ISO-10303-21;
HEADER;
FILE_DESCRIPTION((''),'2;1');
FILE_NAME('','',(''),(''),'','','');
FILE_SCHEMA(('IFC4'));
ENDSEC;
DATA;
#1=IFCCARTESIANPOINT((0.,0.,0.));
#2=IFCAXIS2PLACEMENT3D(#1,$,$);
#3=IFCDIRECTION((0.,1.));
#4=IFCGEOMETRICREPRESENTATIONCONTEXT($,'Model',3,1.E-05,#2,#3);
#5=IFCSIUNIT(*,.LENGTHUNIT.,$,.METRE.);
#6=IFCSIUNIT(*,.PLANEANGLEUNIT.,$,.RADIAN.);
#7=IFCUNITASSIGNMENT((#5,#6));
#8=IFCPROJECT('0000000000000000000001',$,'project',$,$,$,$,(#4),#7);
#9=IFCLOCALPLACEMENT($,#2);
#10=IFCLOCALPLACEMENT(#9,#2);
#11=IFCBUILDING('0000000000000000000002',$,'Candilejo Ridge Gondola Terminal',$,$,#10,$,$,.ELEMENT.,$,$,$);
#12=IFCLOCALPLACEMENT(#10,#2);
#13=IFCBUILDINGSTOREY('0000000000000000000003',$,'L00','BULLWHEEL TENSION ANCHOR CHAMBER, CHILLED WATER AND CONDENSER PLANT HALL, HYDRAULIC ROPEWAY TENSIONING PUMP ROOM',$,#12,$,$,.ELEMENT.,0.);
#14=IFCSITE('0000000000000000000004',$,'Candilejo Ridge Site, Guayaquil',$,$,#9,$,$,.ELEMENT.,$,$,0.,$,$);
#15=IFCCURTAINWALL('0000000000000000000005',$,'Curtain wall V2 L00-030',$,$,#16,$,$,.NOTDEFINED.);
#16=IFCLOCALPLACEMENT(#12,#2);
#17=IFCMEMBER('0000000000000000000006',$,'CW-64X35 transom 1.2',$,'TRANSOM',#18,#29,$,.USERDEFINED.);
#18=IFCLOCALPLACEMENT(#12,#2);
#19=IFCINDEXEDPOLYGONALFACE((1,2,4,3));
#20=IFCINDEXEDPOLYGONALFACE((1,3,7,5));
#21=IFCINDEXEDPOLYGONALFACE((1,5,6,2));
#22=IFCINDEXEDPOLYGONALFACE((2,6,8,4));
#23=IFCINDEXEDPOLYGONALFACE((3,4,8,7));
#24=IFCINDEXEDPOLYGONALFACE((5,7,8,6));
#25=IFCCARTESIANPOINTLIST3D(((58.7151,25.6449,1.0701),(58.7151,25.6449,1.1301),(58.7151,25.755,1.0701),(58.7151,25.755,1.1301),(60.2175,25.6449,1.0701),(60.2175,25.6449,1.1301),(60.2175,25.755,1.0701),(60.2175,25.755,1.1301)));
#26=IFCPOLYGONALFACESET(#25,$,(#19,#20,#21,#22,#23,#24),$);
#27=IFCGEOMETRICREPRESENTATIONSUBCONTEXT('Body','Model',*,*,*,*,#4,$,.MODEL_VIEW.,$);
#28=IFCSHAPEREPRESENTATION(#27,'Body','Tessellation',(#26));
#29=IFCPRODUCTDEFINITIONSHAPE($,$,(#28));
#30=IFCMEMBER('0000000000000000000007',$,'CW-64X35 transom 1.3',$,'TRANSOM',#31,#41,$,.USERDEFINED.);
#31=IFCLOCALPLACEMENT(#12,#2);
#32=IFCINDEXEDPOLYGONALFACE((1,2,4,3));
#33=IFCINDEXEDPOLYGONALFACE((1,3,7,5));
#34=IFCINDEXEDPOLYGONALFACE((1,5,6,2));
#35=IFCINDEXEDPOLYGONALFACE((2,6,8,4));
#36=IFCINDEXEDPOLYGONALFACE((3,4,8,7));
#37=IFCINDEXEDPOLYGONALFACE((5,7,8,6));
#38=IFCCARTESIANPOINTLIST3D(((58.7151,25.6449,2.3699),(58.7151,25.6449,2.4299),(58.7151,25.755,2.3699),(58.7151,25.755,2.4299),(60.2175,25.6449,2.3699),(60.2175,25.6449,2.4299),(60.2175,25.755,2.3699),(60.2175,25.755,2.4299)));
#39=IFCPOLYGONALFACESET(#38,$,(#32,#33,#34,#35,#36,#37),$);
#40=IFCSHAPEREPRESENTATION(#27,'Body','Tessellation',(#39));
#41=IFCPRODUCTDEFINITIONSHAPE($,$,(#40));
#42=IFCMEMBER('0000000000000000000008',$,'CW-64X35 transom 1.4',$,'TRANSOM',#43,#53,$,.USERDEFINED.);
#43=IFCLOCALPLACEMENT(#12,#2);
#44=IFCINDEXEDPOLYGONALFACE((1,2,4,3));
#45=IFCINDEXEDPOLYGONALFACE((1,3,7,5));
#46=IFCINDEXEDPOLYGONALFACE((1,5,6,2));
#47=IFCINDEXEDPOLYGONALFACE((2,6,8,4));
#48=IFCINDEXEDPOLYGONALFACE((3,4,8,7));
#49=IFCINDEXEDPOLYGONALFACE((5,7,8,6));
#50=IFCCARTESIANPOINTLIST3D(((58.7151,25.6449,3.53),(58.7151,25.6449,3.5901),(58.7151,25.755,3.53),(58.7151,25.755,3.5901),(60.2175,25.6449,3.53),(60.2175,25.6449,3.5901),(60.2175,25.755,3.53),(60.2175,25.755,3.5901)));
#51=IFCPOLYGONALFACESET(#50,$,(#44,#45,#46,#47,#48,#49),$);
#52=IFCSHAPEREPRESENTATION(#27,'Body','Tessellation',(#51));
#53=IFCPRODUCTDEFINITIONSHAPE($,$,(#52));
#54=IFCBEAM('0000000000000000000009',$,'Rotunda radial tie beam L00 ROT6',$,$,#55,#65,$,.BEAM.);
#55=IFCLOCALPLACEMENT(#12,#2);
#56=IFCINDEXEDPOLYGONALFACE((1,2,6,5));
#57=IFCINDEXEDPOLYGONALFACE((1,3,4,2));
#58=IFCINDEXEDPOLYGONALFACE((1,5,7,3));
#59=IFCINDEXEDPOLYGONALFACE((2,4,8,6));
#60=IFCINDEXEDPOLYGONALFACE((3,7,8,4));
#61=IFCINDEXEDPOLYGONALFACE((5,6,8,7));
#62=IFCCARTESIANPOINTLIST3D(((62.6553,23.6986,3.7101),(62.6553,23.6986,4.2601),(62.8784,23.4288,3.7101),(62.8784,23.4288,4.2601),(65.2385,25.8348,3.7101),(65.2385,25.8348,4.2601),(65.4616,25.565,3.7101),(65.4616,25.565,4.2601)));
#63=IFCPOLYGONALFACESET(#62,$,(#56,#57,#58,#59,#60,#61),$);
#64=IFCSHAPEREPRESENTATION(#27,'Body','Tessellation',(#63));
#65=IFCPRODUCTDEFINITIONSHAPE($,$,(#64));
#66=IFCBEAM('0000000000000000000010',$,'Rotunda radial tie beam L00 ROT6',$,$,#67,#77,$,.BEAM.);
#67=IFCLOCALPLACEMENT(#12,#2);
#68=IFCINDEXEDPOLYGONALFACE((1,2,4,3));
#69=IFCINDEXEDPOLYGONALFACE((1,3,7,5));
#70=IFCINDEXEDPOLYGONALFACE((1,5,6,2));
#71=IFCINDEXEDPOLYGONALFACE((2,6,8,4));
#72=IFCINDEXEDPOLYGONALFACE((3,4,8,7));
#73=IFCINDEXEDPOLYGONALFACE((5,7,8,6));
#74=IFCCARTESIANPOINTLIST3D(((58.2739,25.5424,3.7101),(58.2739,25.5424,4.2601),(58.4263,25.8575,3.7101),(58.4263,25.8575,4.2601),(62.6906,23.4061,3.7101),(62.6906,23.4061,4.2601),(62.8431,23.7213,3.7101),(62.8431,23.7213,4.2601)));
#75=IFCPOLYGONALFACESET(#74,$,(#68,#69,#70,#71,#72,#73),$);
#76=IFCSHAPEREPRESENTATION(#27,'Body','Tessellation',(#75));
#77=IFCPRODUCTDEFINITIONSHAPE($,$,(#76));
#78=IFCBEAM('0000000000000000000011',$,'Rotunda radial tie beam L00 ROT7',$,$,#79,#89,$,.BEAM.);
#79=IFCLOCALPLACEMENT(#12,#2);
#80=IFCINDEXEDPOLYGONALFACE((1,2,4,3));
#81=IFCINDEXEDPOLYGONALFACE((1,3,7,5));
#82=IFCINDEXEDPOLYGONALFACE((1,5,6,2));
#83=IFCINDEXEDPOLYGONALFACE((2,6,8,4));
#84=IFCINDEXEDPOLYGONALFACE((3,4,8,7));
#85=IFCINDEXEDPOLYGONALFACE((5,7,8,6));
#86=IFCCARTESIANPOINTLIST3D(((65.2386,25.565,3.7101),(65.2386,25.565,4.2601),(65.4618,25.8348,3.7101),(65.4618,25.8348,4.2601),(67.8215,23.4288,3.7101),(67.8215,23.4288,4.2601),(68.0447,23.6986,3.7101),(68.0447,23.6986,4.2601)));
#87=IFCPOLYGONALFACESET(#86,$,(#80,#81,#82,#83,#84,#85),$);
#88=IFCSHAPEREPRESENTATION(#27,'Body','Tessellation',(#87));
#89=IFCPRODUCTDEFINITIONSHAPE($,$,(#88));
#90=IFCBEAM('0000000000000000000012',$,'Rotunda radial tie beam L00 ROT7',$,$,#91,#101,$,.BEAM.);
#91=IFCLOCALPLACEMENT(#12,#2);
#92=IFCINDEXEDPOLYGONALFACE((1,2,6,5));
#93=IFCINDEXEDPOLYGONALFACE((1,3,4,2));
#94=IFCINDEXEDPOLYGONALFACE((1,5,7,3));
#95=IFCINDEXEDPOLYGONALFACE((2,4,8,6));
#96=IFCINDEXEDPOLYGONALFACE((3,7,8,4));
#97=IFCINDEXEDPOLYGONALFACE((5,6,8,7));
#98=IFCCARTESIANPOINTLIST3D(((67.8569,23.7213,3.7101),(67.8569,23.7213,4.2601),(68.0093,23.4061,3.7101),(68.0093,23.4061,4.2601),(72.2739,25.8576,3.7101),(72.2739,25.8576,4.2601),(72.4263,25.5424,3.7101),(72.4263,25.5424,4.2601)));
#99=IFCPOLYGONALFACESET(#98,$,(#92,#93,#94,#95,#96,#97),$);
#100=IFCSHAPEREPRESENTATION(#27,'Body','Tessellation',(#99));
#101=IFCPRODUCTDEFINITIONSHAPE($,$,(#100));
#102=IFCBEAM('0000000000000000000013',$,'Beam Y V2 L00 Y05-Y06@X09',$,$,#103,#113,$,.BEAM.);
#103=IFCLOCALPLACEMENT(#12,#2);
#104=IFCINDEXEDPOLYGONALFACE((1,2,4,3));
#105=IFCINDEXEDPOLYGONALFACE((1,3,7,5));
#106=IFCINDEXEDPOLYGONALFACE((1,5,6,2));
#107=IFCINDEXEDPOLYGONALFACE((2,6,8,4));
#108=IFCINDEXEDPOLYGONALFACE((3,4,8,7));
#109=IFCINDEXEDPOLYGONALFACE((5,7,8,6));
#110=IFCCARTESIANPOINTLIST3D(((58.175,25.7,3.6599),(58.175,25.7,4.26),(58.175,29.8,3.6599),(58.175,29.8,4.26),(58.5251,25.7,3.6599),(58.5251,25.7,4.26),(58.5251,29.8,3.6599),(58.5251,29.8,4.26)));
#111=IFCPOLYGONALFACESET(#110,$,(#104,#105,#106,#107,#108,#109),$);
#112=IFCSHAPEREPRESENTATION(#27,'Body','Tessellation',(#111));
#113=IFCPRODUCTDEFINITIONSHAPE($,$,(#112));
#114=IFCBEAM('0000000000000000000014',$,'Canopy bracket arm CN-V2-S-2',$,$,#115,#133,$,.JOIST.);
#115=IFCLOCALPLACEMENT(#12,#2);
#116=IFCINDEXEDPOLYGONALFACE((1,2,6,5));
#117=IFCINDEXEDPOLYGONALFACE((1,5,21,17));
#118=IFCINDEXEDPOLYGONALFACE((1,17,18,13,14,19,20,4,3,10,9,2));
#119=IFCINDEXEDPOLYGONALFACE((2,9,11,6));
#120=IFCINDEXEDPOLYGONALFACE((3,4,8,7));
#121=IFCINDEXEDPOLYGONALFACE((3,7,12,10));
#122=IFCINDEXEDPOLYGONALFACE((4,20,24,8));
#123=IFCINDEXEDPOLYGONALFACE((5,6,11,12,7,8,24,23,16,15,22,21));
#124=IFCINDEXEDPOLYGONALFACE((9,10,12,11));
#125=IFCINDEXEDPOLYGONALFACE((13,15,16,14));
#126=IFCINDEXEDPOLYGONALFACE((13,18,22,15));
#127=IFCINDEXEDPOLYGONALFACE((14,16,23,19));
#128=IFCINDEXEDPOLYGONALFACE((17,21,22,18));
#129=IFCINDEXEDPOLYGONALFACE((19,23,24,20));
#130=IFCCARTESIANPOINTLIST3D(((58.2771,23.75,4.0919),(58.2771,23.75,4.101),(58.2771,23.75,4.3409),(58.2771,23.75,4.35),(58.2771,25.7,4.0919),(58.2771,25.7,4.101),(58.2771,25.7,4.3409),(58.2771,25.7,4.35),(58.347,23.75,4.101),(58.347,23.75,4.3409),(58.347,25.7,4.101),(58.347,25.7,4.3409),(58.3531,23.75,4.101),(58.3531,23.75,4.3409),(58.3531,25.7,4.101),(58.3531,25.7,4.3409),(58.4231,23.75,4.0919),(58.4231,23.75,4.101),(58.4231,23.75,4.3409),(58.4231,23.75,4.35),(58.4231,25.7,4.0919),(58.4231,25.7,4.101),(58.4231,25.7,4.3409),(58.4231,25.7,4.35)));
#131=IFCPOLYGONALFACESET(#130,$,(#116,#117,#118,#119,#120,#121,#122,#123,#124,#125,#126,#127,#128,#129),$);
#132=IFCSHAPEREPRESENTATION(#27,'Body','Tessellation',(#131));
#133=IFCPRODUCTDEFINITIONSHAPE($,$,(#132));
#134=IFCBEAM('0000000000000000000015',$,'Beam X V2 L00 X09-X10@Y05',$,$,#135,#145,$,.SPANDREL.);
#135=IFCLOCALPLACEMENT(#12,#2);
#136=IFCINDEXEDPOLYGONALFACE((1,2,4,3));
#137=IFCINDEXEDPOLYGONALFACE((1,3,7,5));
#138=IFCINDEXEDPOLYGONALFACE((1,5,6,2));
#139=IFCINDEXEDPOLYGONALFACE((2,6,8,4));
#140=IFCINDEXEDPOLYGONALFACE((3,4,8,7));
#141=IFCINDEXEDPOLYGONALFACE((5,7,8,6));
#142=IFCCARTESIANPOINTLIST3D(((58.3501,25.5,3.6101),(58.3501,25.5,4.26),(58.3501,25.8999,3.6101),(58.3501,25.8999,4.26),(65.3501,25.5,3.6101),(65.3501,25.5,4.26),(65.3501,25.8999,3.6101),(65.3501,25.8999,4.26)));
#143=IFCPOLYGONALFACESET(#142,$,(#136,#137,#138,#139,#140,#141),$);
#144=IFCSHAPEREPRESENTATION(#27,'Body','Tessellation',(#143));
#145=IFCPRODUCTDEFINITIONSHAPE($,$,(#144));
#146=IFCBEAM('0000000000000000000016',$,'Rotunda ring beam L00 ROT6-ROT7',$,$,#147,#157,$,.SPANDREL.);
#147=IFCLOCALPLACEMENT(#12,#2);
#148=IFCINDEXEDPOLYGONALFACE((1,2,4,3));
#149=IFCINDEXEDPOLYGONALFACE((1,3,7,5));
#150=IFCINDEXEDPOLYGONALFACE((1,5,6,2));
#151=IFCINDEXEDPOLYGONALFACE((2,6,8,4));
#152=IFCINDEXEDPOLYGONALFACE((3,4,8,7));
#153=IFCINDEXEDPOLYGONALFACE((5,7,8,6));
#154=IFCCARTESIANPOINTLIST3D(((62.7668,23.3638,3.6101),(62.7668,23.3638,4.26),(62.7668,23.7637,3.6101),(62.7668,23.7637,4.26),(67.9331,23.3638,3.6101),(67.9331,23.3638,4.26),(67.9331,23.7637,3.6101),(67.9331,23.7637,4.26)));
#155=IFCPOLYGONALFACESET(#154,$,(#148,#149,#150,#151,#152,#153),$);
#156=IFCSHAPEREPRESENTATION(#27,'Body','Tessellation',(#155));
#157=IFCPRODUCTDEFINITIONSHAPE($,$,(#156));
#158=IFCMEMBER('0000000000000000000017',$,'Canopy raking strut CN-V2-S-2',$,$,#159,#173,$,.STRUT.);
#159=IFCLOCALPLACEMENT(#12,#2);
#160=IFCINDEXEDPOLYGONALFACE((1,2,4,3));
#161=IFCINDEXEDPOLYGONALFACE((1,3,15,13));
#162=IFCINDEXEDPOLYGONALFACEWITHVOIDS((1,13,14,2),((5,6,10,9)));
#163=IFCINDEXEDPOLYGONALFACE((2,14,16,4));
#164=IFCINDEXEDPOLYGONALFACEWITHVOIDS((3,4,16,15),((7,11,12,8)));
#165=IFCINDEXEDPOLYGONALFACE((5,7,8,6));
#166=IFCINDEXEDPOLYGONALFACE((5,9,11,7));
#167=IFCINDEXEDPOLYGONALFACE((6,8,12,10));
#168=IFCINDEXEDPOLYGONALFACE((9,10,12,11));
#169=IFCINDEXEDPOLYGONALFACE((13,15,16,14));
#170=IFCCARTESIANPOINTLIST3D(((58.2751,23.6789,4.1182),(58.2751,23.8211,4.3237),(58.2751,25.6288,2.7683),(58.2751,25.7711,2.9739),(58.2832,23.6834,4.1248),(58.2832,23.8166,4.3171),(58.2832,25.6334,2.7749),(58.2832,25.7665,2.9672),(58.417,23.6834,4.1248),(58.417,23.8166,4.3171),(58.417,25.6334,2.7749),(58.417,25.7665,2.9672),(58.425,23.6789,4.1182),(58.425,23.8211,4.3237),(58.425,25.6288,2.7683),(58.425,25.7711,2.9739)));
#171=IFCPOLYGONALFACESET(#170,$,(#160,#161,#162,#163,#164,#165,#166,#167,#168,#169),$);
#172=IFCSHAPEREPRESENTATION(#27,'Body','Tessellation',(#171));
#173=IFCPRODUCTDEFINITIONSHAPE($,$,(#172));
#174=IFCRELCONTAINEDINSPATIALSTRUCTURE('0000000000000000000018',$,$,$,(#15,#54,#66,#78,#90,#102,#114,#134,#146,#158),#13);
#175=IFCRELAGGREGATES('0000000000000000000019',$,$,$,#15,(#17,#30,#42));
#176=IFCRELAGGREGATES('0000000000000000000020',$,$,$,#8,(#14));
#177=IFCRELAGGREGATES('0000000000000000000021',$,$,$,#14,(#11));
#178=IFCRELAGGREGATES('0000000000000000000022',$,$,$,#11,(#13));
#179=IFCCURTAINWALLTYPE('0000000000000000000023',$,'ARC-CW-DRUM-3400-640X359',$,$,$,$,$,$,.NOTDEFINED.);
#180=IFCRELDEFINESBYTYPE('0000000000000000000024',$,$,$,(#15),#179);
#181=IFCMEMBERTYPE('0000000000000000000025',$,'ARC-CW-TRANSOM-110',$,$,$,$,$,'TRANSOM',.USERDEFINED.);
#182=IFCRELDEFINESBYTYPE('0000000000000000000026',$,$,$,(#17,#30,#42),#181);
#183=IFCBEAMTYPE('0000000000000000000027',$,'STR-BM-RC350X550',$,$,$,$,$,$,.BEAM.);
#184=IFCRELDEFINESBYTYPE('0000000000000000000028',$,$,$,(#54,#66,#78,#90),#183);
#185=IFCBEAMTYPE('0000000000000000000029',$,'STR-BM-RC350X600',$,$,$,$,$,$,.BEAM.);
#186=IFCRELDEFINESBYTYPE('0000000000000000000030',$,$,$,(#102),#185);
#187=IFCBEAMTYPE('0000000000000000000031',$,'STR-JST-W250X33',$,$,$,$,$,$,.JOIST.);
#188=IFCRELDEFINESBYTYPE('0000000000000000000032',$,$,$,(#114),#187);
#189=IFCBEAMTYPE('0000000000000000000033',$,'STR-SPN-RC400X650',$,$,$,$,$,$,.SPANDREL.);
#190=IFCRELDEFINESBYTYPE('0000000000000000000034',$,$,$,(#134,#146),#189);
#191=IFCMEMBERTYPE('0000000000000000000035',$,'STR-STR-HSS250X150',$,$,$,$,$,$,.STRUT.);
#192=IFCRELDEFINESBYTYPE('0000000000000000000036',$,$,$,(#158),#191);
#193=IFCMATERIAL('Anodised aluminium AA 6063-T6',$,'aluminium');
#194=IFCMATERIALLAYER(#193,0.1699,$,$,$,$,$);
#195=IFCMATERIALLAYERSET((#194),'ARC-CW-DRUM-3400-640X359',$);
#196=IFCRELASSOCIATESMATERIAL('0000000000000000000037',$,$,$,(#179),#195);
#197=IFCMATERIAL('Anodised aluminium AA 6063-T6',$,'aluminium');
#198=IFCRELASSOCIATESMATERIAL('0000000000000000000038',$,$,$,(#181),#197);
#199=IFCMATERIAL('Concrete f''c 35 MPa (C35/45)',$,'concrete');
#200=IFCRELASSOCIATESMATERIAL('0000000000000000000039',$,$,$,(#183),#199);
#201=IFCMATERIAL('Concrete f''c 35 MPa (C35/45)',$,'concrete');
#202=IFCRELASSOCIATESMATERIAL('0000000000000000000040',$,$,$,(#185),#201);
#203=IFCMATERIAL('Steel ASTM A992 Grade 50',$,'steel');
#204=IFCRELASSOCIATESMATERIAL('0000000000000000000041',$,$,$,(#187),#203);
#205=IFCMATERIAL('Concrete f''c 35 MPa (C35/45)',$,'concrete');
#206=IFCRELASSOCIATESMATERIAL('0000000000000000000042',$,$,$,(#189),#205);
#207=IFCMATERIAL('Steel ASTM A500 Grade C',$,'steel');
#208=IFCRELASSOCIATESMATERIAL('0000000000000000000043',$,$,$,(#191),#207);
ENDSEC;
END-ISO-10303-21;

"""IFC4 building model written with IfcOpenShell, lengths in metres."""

from ifc_helpers import new_model, si_unit, direction, frame, origin, origin_2d, place, context, subcontext, project, spatial, rectangle, hollow_rectangle, i_section, extrude, material, layer, layer_set, material_profile, profile_set, type_object, element, aggregate, save


model = new_model("IFC4")

# Units and contexts
model_context = context("Model", 3, precision=1e-05, world=origin(), true_north=direction((0.0, 1.0)))
body_context = subcontext(model_context, "Body", "Model", "MODEL_VIEW")
ifc_project = project(units=[si_unit("LENGTHUNIT", "METRE"), si_unit("PLANEANGLEUNIT", "RADIAN")], contexts=[model_context])

# Site, building, storey
site_placement = place(None, origin())
site = spatial("IfcSite", under=ifc_project, at=site_placement, Name="Candilejo Ridge Site, Guayaquil", CompositionType="ELEMENT", RefElevation=0.0)
building_placement = place(site_placement, origin())
building = spatial("IfcBuilding", under=site, at=building_placement, Name="Candilejo Ridge Gondola Terminal", CompositionType="ELEMENT")
storey_placement = place(building_placement, origin())
storey = spatial("IfcBuildingStorey", under=building, at=storey_placement, Name="L00", Description="BULLWHEEL TENSION ANCHOR CHAMBER, CHILLED WATER AND CONDENSER PLANT HALL, HYDRAULIC ROPEWAY TENSIONING PUMP ROOM", CompositionType="ELEMENT", Elevation=0.0)

# Curtain wall, members
ifc_material_1 = material(Name="Anodised aluminium AA 6063-T6", Category="aluminium")
ifc_layer_1 = layer(ifc_material_1, 0.1699)
ifc_layer_set_1 = layer_set([ifc_layer_1], Name="ARC-CW-DRUM-3400-640X359")
curtain_wall_type = type_object("IfcCurtainWallType", Name="ARC-CW-DRUM-3400-640X359", PredefinedType="NOTDEFINED", material=ifc_layer_set_1)
curtain_wall_placement = place(storey_placement, origin())
curtain_wall = element("IfcCurtainWall", 1, at=curtain_wall_placement, inside=storey, type_object=curtain_wall_type, Name="Curtain wall V2 L00-030", PredefinedType="NOTDEFINED")
ifc_material_2 = material(Name="Anodised aluminium AA 6063-T6", Category="aluminium")
ifc_material_profile_1 = material_profile(ifc_material_2, rectangle(XDim=0.1101, YDim=0.0601, at=origin_2d()))
ifc_profile_set_1 = profile_set([ifc_material_profile_1], Name="Anodised aluminium AA 6063-T6")
member_type_1 = type_object("IfcMemberType", Name="ARC-CW-TRANSOM-110", ElementType="TRANSOM", PredefinedType="USERDEFINED", material=ifc_profile_set_1)
member_1_placement = place(storey_placement, frame((58.7151, 25.7, 1.1001), z_axis=(1.0, 0.0, 0.0), x_axis=(0.0, 1.0, 0.0)))
member_1 = element("IfcMember", 2, at=member_1_placement, type_object=member_type_1, Name="CW-64X35 transom 1.2", ObjectType="TRANSOM", PredefinedType="USERDEFINED", context=body_context, shape_type="SweptSolid", body=[
    extrude(rectangle(XDim=0.1101, YDim=0.0601, at=origin_2d()), origin(), (0.0, 0.0, 1.0), 1.5024),
])
member_2_placement = place(storey_placement, frame((58.7151, 25.7, 2.3999), z_axis=(1.0, 0.0, 0.0), x_axis=(0.0, 1.0, 0.0)))
member_2 = element("IfcMember", 3, at=member_2_placement, type_object=member_type_1, Name="CW-64X35 transom 1.3", ObjectType="TRANSOM", PredefinedType="USERDEFINED", context=body_context, shape_type="SweptSolid", body=[
    extrude(rectangle(XDim=0.1101, YDim=0.0601, at=origin_2d()), origin(), (0.0, 0.0, 1.0), 1.5024),
])
member_3_placement = place(storey_placement, frame((58.7151, 25.7, 3.5601), z_axis=(1.0, 0.0, 0.0), x_axis=(0.0, 1.0, 0.0)))
member_3 = element("IfcMember", 4, at=member_3_placement, type_object=member_type_1, Name="CW-64X35 transom 1.4", ObjectType="TRANSOM", PredefinedType="USERDEFINED", context=body_context, shape_type="SweptSolid", body=[
    extrude(rectangle(XDim=0.1101, YDim=0.0601, at=origin_2d()), origin(), (0.0, 0.0, 1.0), 1.5024),
])

# Beams
ifc_material_3 = material(Name="Concrete f'c 35 MPa (C35/45)", Category="concrete")
ifc_material_profile_2 = material_profile(ifc_material_3, rectangle(XDim=0.3501, YDim=0.55, at=origin_2d()))
ifc_profile_set_2 = profile_set([ifc_material_profile_2], Name="Concrete f'c 35 MPa (C35/45)")
beam_type_1 = type_object("IfcBeamType", Name="STR-BM-RC350X550", PredefinedType="BEAM", material=ifc_profile_set_2)
beam_1_placement = place(storey_placement, frame((62.7668, 23.5637, 3.9851), z_axis=(0.770634, 0.637279, 0.0), x_axis=(-0.637279, 0.770634, 0.0)))
element("IfcBeam", 5, at=beam_1_placement, inside=storey, type_object=beam_type_1, Name="Rotunda radial tie beam L00 ROT6", PredefinedType="BEAM", context=body_context, shape_type="SweptSolid", body=[
    extrude(rectangle(XDim=0.3501, YDim=0.55, at=origin_2d()), origin(), (0.0, 0.0, 1.0), 3.3521),
])
beam_2_placement = place(storey_placement, frame((62.7668, 23.5637, 3.9851), z_axis=(-0.900232, 0.435411, 0.0), x_axis=(-0.435411, -0.900232, 0.0)))
element("IfcBeam", 6, at=beam_2_placement, inside=storey, type_object=beam_type_1, Name="Rotunda radial tie beam L00 ROT6", PredefinedType="BEAM", context=body_context, shape_type="SweptSolid", body=[
    extrude(rectangle(XDim=0.3501, YDim=0.55, at=origin_2d()), origin(), (0.0, 0.0, 1.0), 4.9062),
])
beam_3_placement = place(storey_placement, frame((67.9331, 23.5637, 3.9851), z_axis=(-0.770604, 0.637314, 0.0), x_axis=(-0.637314, -0.770604, 0.0)))
element("IfcBeam", 7, at=beam_3_placement, inside=storey, type_object=beam_type_1, Name="Rotunda radial tie beam L00 ROT7", PredefinedType="BEAM", context=body_context, shape_type="SweptSolid", body=[
    extrude(rectangle(XDim=0.3501, YDim=0.55, at=origin_2d()), origin(), (0.0, 0.0, 1.0), 3.3518),
])
beam_4_placement = place(storey_placement, frame((67.9331, 23.5637, 3.9851), z_axis=(0.900241, 0.435392, 0.0), x_axis=(-0.435392, 0.900241, 0.0)))
element("IfcBeam", 8, at=beam_4_placement, inside=storey, type_object=beam_type_1, Name="Rotunda radial tie beam L00 ROT7", PredefinedType="BEAM", context=body_context, shape_type="SweptSolid", body=[
    extrude(rectangle(XDim=0.3501, YDim=0.55, at=origin_2d()), origin(), (0.0, 0.0, 1.0), 4.9065),
])
ifc_material_4 = material(Name="Concrete f'c 35 MPa (C35/45)", Category="concrete")
ifc_material_profile_3 = material_profile(ifc_material_4, rectangle(XDim=0.3501, YDim=0.6001, at=origin_2d()))
ifc_profile_set_3 = profile_set([ifc_material_profile_3], Name="Concrete f'c 35 MPa (C35/45)")
beam_type_2 = type_object("IfcBeamType", Name="STR-BM-RC350X600", PredefinedType="BEAM", material=ifc_profile_set_3)
beam_5_placement = place(storey_placement, frame((58.3501, 25.7, 3.96), z_axis=(0.0, 1.0, 0.0), x_axis=(-1.0, 0.0, 0.0)))
element("IfcBeam", 9, at=beam_5_placement, inside=storey, type_object=beam_type_2, Name="Beam Y V2 L00 Y05-Y06@X09", PredefinedType="BEAM", context=body_context, shape_type="SweptSolid", body=[
    extrude(rectangle(XDim=0.3501, YDim=0.6001, at=origin_2d()), origin(), (0.0, 0.0, 1.0), 4.1001),
])
ifc_material_5 = material(Name="Steel ASTM A992 Grade 50", Category="steel")
ifc_material_profile_4 = material_profile(ifc_material_5, i_section(OverallWidth=0.146, OverallDepth=0.2581, WebThickness=0.0061, FlangeThickness=0.009, at=origin_2d()))
ifc_profile_set_4 = profile_set([ifc_material_profile_4], Name="Steel ASTM A992 Grade 50")
beam_type_3 = type_object("IfcBeamType", Name="STR-JST-W250X33", PredefinedType="JOIST", material=ifc_profile_set_4)
beam_6_placement = place(storey_placement, frame((58.3501, 23.75, 4.2209), z_axis=(0.0, 1.0, 0.0), x_axis=(-1.0, 0.0, 0.0)))
element("IfcBeam", 10, at=beam_6_placement, inside=storey, type_object=beam_type_3, Name="Canopy bracket arm CN-V2-S-2", PredefinedType="JOIST", context=body_context, shape_type="SweptSolid", body=[
    extrude(i_section(OverallWidth=0.146, OverallDepth=0.2581, WebThickness=0.0061, FlangeThickness=0.009, at=origin_2d()), origin(), (0.0, 0.0, 1.0), 1.95),
])
ifc_material_6 = material(Name="Concrete f'c 35 MPa (C35/45)", Category="concrete")
ifc_material_profile_5 = material_profile(ifc_material_6, rectangle(XDim=0.3999, YDim=0.6499, at=origin_2d()))
ifc_profile_set_5 = profile_set([ifc_material_profile_5], Name="Concrete f'c 35 MPa (C35/45)")
beam_type_4 = type_object("IfcBeamType", Name="STR-SPN-RC400X650", PredefinedType="SPANDREL", material=ifc_profile_set_5)
beam_7_placement = place(storey_placement, frame((58.3501, 25.7, 3.9351), z_axis=(1.0, 0.0, 0.0), x_axis=(0.0, 1.0, 0.0)))
element("IfcBeam", 11, at=beam_7_placement, inside=storey, type_object=beam_type_4, Name="Beam X V2 L00 X09-X10@Y05", PredefinedType="SPANDREL", context=body_context, shape_type="SweptSolid", body=[
    extrude(rectangle(XDim=0.3999, YDim=0.6499, at=origin_2d()), origin(), (0.0, 0.0, 1.0), 7.0),
])
beam_8_placement = place(storey_placement, frame((62.7668, 23.5637, 3.9351), z_axis=(1.0, 0.0, 0.0), x_axis=(0.0, 1.0, 0.0)))
element("IfcBeam", 12, at=beam_8_placement, inside=storey, type_object=beam_type_4, Name="Rotunda ring beam L00 ROT6-ROT7", PredefinedType="SPANDREL", context=body_context, shape_type="SweptSolid", body=[
    extrude(rectangle(XDim=0.3999, YDim=0.6499, at=origin_2d()), origin(), (0.0, 0.0, 1.0), 5.1663),
])

# Member
ifc_material_7 = material(Name="Steel ASTM A500 Grade C", Category="steel")
ifc_material_profile_6 = material_profile(ifc_material_7, hollow_rectangle(XDim=0.1499, YDim=0.25, WallThickness=0.0081, at=origin_2d()))
ifc_profile_set_6 = profile_set([ifc_material_profile_6], Name="Steel ASTM A500 Grade C")
member_type_2 = type_object("IfcMemberType", Name="STR-STR-HSS250X150", PredefinedType="STRUT", material=ifc_profile_set_6)
member_4_placement = place(storey_placement, frame((58.3501, 25.7, 2.8711), z_axis=(0.0, -0.822214, 0.569178), x_axis=(1.0, 0.0, 0.0)))
element("IfcMember", 13, at=member_4_placement, inside=storey, type_object=member_type_2, Name="Canopy raking strut CN-V2-S-2", PredefinedType="STRUT", context=body_context, shape_type="SweptSolid", body=[
    extrude(hollow_rectangle(XDim=0.1499, YDim=0.25, WallThickness=0.0081, at=origin_2d()), origin(), (0.0, 0.0, 1.0), 2.3716),
])

aggregate(curtain_wall, [member_1, member_2, member_3])

save(model, "model.ifc")
